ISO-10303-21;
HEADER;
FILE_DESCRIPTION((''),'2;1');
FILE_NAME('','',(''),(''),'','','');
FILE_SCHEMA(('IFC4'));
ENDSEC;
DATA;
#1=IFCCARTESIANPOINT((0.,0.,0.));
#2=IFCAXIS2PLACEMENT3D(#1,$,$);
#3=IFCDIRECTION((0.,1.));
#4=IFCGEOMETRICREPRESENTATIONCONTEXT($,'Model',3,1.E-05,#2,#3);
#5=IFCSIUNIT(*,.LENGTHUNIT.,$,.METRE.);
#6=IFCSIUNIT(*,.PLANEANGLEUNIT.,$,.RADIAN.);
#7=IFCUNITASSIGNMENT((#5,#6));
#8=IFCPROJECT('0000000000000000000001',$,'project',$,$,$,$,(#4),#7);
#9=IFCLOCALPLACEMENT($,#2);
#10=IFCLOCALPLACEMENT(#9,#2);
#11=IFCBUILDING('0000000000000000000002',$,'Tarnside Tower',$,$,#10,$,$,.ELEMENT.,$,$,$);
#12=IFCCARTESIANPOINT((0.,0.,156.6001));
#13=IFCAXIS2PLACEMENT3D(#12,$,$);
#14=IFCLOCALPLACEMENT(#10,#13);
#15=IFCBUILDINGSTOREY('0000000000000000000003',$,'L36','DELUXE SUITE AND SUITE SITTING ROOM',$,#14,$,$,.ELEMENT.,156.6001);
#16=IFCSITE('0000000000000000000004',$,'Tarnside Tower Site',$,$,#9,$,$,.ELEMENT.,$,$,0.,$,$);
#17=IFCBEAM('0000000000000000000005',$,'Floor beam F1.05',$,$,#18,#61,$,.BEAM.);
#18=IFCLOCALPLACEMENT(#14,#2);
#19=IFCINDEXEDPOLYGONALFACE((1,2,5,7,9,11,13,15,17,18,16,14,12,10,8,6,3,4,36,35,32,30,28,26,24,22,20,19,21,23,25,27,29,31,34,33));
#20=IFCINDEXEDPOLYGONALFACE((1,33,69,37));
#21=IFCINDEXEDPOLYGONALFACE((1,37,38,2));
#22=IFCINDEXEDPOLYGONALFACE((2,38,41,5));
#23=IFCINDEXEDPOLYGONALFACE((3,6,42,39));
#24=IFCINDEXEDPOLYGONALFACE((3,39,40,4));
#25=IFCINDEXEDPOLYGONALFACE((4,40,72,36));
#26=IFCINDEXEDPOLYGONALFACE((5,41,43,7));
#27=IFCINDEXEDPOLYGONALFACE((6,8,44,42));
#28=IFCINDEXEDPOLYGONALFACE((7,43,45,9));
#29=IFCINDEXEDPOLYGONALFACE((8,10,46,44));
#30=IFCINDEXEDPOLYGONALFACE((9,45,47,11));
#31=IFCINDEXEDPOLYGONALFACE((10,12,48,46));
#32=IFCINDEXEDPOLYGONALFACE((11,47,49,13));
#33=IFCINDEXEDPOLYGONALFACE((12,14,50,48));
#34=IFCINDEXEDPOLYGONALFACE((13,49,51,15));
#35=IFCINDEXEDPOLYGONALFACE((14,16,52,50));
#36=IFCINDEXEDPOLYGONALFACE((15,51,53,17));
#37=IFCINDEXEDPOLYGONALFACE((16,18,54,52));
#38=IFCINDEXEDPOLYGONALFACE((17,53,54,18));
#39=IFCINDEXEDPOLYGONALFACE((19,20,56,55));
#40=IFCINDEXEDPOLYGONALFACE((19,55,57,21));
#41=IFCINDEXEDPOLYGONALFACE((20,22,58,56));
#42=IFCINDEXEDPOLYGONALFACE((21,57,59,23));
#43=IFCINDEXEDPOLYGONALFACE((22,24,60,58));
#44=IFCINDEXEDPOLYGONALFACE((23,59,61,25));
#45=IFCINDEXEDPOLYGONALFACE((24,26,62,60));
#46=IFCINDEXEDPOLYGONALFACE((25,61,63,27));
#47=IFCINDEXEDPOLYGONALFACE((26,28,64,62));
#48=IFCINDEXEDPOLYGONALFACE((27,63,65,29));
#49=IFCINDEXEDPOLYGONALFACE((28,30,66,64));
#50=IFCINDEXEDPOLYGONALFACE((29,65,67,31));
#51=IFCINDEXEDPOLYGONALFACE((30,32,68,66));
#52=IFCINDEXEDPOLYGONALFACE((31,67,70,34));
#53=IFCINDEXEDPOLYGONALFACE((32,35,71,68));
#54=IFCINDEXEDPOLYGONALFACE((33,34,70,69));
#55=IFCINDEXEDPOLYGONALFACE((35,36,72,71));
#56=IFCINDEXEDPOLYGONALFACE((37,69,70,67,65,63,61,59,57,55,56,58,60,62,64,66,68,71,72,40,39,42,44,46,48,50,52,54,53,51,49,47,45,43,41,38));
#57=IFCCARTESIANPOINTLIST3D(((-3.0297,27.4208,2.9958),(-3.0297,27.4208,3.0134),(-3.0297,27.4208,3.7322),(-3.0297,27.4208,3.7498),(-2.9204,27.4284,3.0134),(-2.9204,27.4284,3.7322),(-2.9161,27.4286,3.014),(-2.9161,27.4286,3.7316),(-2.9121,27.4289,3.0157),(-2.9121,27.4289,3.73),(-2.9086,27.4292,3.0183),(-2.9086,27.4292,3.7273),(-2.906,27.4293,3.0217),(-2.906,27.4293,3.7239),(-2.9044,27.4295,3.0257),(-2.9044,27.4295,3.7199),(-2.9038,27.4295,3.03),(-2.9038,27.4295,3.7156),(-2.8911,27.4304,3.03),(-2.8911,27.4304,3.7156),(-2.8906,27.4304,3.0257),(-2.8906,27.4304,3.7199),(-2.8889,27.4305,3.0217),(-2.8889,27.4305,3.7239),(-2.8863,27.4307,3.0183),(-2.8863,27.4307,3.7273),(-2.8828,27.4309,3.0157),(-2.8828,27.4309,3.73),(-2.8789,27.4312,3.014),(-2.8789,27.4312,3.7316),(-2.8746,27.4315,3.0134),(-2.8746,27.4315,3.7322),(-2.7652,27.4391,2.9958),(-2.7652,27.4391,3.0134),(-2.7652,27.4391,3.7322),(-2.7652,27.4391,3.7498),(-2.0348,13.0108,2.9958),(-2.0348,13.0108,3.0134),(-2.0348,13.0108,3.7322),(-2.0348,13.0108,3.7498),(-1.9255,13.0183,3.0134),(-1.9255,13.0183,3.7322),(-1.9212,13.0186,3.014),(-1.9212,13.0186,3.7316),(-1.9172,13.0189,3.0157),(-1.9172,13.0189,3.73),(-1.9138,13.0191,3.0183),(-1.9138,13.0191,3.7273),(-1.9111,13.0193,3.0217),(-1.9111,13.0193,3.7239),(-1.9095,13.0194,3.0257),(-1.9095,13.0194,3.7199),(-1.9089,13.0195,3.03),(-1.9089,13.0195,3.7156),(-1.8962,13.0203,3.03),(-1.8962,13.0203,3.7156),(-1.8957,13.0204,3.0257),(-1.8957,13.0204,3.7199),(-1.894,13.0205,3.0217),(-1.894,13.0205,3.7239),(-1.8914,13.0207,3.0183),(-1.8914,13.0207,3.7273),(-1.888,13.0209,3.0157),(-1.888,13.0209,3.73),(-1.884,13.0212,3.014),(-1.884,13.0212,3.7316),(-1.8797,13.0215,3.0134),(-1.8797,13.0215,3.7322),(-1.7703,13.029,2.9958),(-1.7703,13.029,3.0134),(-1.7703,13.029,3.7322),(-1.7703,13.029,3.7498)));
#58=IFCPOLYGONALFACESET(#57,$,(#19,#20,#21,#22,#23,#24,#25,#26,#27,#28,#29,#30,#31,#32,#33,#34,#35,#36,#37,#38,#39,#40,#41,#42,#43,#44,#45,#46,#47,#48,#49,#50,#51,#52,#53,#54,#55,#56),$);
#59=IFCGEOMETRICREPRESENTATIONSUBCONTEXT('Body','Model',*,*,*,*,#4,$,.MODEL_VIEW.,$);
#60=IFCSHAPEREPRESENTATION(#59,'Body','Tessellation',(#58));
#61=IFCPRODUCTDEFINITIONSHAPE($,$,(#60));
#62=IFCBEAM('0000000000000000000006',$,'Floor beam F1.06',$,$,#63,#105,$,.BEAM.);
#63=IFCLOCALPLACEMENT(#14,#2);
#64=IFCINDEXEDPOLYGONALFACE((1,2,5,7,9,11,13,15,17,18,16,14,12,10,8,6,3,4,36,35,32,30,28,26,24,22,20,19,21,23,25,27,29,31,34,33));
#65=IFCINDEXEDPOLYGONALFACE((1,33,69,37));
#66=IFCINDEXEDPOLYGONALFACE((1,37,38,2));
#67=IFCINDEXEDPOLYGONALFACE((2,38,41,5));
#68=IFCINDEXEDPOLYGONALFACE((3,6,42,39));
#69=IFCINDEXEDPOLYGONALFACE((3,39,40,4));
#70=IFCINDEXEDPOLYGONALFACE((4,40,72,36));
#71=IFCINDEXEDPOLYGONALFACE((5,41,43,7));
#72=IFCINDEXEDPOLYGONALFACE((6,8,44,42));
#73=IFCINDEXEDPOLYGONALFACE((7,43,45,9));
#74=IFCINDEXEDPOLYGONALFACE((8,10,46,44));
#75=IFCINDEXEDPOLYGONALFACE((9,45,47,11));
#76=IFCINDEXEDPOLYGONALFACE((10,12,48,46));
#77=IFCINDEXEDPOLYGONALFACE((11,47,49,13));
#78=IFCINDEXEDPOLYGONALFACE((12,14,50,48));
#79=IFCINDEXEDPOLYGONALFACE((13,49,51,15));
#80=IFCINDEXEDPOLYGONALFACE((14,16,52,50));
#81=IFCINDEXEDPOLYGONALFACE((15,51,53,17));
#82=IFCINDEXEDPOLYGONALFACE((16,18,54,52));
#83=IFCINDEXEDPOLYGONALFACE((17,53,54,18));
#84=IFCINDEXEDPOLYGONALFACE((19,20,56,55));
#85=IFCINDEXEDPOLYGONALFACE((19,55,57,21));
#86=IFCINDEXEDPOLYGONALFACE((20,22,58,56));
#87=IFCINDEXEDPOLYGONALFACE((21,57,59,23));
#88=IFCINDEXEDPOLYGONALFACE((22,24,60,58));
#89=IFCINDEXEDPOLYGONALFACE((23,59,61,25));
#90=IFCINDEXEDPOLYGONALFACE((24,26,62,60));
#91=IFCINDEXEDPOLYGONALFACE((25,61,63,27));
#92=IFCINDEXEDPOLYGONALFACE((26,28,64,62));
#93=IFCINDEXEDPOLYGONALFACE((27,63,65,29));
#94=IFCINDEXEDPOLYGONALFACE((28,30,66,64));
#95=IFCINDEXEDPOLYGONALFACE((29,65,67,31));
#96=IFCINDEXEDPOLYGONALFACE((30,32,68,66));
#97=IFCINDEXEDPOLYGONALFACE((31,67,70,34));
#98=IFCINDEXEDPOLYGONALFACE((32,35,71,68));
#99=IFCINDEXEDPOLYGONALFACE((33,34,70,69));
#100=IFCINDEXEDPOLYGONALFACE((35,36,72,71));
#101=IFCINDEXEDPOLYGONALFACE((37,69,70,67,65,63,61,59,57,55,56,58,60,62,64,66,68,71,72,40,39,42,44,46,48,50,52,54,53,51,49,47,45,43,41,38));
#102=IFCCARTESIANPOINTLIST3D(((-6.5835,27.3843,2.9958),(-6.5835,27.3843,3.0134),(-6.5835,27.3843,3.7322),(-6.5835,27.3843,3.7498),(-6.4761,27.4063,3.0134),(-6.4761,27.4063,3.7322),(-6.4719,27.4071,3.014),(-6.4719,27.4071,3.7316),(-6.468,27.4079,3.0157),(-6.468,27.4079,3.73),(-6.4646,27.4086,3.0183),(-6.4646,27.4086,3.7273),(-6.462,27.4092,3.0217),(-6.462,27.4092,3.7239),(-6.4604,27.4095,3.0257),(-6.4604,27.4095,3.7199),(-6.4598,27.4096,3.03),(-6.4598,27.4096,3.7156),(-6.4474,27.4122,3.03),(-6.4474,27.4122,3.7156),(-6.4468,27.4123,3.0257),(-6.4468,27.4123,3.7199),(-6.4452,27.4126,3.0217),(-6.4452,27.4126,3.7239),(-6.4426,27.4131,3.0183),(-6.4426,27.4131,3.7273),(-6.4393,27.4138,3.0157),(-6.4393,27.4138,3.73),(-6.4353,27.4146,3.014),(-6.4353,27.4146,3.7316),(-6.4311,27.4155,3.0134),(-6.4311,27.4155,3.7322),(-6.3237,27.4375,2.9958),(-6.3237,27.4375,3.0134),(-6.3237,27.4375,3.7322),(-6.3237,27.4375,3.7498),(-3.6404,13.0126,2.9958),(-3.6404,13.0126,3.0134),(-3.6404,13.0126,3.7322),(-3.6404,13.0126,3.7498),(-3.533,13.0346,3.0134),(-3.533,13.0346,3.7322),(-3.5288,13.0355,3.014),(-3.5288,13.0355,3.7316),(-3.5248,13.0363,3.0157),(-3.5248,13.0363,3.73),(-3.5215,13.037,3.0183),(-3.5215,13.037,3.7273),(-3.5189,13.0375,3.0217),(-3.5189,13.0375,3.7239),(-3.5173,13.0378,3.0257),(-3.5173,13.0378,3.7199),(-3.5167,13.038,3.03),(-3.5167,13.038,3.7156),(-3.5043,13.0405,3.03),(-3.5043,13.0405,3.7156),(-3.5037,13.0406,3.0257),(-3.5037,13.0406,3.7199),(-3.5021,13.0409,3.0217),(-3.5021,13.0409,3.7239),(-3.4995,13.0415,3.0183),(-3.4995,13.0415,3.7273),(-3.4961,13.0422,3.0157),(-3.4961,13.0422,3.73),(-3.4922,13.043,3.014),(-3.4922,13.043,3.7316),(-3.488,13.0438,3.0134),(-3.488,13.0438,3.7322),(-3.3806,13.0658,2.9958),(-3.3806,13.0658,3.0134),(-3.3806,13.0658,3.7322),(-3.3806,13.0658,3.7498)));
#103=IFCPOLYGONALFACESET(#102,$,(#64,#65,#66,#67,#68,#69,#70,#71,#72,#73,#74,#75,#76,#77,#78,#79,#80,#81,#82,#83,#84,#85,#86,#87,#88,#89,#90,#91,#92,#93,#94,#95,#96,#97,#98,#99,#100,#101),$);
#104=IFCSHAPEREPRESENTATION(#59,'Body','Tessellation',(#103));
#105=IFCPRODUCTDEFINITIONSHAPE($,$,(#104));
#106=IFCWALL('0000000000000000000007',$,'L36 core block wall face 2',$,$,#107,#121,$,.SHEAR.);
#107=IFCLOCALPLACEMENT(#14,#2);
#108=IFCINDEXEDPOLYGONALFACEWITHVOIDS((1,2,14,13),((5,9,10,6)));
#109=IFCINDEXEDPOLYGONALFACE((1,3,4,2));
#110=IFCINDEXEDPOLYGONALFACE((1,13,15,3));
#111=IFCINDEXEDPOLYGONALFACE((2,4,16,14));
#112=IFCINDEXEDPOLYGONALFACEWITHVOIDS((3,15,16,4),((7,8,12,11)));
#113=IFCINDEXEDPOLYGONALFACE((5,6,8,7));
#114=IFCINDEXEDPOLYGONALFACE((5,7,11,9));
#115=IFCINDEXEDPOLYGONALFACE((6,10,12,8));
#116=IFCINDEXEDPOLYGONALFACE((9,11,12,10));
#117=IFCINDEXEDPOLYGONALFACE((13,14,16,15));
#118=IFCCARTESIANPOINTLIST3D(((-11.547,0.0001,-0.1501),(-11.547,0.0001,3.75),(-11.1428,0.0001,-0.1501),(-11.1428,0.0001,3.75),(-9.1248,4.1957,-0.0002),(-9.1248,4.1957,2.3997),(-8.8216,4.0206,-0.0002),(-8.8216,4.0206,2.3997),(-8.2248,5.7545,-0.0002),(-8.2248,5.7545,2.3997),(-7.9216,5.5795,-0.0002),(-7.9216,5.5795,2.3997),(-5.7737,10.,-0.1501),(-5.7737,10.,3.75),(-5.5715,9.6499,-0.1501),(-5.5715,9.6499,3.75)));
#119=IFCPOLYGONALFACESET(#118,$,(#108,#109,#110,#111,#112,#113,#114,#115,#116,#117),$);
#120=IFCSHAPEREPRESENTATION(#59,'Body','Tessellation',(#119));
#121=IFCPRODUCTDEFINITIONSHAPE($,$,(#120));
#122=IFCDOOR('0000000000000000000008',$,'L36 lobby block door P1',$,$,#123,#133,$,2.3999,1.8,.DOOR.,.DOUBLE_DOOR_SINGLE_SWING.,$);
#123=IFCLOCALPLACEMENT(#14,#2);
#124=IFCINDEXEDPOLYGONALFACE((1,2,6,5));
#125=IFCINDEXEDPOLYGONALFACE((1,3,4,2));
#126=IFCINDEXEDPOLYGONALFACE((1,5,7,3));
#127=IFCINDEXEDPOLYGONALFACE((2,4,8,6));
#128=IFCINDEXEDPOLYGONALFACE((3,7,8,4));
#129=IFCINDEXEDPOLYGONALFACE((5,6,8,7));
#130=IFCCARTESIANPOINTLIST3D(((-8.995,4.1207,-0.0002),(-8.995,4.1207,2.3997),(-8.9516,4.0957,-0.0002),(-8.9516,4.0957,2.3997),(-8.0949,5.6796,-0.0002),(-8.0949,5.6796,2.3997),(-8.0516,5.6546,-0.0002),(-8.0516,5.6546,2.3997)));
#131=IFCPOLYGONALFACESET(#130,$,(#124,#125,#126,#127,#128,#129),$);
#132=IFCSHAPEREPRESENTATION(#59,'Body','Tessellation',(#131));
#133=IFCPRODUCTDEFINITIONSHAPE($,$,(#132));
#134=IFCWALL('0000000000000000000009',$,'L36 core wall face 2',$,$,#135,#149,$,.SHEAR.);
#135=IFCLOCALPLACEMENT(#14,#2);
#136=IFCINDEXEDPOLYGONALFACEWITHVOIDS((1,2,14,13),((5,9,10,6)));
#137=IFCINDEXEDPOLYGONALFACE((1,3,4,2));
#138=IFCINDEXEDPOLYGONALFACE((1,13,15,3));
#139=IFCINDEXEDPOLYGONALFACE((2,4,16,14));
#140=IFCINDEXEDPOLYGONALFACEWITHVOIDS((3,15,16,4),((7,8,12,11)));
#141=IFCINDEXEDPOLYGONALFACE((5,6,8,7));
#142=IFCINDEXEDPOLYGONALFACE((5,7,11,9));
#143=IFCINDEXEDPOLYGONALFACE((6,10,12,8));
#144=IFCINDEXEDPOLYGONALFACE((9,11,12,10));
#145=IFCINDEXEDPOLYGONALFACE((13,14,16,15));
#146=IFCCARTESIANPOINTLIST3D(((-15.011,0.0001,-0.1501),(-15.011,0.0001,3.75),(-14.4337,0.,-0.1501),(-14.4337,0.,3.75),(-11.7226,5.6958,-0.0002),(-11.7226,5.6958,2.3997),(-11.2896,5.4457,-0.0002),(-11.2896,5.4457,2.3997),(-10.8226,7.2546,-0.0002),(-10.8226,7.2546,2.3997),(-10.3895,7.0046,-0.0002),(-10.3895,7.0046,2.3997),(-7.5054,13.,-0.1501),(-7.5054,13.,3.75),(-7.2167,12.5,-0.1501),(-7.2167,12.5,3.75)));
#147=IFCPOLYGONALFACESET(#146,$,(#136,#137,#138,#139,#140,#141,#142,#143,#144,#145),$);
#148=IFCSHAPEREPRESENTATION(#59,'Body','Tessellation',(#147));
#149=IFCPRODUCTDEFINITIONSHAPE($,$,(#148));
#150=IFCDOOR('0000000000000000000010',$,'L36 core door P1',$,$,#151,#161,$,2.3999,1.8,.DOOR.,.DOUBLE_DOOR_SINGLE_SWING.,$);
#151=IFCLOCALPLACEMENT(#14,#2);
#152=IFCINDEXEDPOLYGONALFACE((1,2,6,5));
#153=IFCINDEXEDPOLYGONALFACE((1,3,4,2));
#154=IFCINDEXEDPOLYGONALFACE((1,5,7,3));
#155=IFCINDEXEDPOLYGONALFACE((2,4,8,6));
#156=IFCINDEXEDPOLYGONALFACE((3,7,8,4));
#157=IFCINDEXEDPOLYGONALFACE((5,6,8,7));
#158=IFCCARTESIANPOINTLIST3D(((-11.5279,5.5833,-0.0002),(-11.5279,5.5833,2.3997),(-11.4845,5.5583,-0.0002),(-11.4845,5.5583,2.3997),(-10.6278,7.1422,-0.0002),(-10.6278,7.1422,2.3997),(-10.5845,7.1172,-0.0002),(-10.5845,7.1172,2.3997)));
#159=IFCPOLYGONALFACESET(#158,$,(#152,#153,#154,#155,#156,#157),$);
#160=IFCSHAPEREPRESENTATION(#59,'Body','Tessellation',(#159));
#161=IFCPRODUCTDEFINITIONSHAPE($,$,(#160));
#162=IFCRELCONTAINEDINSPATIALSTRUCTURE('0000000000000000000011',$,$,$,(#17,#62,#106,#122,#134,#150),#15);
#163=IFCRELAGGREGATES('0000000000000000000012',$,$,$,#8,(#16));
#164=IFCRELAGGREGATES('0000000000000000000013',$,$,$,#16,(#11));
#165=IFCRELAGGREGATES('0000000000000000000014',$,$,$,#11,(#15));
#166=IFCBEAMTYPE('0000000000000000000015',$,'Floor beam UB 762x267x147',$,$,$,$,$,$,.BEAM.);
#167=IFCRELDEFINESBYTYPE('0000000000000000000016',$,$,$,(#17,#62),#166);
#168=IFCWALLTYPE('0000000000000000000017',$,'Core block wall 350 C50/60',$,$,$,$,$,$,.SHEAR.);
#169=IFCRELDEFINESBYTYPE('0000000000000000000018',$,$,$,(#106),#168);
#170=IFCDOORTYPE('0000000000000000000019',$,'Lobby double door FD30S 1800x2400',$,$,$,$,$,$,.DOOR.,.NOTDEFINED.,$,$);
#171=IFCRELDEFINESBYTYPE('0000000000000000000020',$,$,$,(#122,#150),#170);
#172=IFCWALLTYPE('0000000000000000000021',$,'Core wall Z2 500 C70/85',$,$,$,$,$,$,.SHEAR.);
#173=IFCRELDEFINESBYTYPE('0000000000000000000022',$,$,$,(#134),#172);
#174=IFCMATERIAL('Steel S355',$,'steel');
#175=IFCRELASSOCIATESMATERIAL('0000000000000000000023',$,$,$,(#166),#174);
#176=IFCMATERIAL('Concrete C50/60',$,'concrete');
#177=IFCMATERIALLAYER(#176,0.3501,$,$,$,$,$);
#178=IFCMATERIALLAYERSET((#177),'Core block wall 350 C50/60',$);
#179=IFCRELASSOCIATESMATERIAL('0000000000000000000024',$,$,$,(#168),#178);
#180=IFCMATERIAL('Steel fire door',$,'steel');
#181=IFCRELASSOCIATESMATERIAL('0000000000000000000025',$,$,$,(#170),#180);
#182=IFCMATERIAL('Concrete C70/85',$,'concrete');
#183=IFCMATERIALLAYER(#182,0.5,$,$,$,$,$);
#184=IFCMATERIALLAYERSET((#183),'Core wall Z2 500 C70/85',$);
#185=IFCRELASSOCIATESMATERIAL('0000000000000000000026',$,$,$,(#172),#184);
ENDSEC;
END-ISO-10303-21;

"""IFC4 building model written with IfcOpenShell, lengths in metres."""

from ifc_helpers import new_model, si_unit, direction, frame, frame_2d, origin, origin_2d, place, context, subcontext, project, spatial, polyline, rectangle, i_section, outline, extrude, material, layer, layer_set, material_profile, profile_set, type_object, element, fill, save


model = new_model("IFC4")

# Units and contexts
model_context = context("Model", 3, precision=1e-05, world=origin(), true_north=direction((0.0, 1.0)))
body_context = subcontext(model_context, "Body", "Model", "MODEL_VIEW")
ifc_project = project(units=[si_unit("LENGTHUNIT", "METRE"), si_unit("PLANEANGLEUNIT", "RADIAN")], contexts=[model_context])

# Site, building, storey
site_placement = place(None, origin())
site = spatial("IfcSite", under=ifc_project, at=site_placement, Name="Tarnside Tower Site", CompositionType="ELEMENT", RefElevation=0.0)
building_placement = place(site_placement, origin())
building = spatial("IfcBuilding", under=site, at=building_placement, Name="Tarnside Tower", CompositionType="ELEMENT")
storey_placement = place(building_placement, frame((0.0, 0.0, 156.6001)))
storey = spatial("IfcBuildingStorey", under=building, at=storey_placement, Name="L36", Description="DELUXE SUITE AND SUITE SITTING ROOM", CompositionType="ELEMENT", Elevation=156.6001)

# Beams
ifc_material_1 = material(Name="Steel S355", Category="steel")
ifc_material_profile = material_profile(ifc_material_1, i_section(OverallWidth=0.2651, OverallDepth=0.7539, WebThickness=0.0127, FlangeThickness=0.0176, FilletRadius=0.0166, at=origin_2d()), Name="UB 762x267x147")
ifc_profile_set = profile_set([ifc_material_profile], Name="Steel S355")
beam_type = type_object("IfcBeamType", Name="Floor beam UB 762x267x147", PredefinedType="BEAM", material=ifc_profile_set)
beam_1_placement = place(storey_placement, frame((-2.8975, 27.4299, 3.3728), z_axis=(0.068877, -0.997625, 0.0), x_axis=(0.997625, 0.068877, 0.0)))
element("IfcBeam", 1, at=beam_1_placement, inside=storey, type_object=beam_type, Name="Floor beam F1.05", PredefinedType="BEAM", context=body_context, shape_type="SweptSolid", body=[
    extrude(i_section(OverallWidth=0.2651, OverallDepth=0.7539, WebThickness=0.0127, FlangeThickness=0.0176, FilletRadius=0.0166, at=origin_2d()), origin(), (0.0, 0.0, 1.0), 14.4443),
])
beam_2_placement = place(storey_placement, frame((-6.4536, 27.4109, 3.3728), z_axis=(0.200623, -0.979668, 0.0), x_axis=(0.979668, 0.200623, 0.0)))
element("IfcBeam", 2, at=beam_2_placement, inside=storey, type_object=beam_type, Name="Floor beam F1.06", PredefinedType="BEAM", context=body_context, shape_type="SweptSolid", body=[
    extrude(i_section(OverallWidth=0.2651, OverallDepth=0.7539, WebThickness=0.0127, FlangeThickness=0.0176, FilletRadius=0.0166, at=origin_2d()), origin(), (0.0, 0.0, 1.0), 14.6699),
])

# Walls, openings, doors
ifc_material_2 = material(Name="Concrete C50/60", Category="concrete")
ifc_layer_1 = layer(ifc_material_2, 0.3501)
ifc_layer_set_1 = layer_set([ifc_layer_1], Name="Core block wall 350 C50/60")
wall_type_1 = type_object("IfcWallType", Name="Core block wall 350 C50/60", PredefinedType="SHEAR", material=ifc_layer_set_1)
wall_1_placement = place(storey_placement, frame((-5.6726, 9.825, -0.1501), z_axis=(0.0, 0.0, 1.0), x_axis=(-0.499995, -0.866028, 0.0)))
wall_1 = element("IfcWall", 3, at=wall_1_placement, inside=storey, type_object=wall_type_1, Name="L36 core block wall face 2", PredefinedType="SHEAR", context=body_context, shape_type="SweptSolid", body=[
    extrude(outline(polyline([(-0.1011, -0.175), (11.4458, -0.175), (11.2437, 0.175), (0.1011, 0.175), (-0.1011, -0.175)])), origin(), (0.0, 0.0, 1.0), 3.9001),
])
opening_1_placement = place(wall_1_placement, frame((4.8013, 0.0, 0.1499)))
opening_1 = element("IfcOpeningElement", 4, at=opening_1_placement, cuts=wall_1, PredefinedType="OPENING", context=body_context, shape_type="SweptSolid", body=[
    extrude(rectangle(XDim=1.8, YDim=2.3999, at=frame_2d((0.8999, 1.2))), frame((0.0, 0.1851, 0.0), z_axis=(0.0, -1.0, 0.0), x_axis=(1.0, 0.0, 0.0)), (0.0, 0.0, 1.0), 0.3701),
])
ifc_material_3 = material(Name="Steel fire door", Category="steel")
door_type_1 = type_object("IfcDoorType", Name="Lobby double door FD30S 1800x2400", OperationType="NOTDEFINED", PredefinedType="DOOR", material=ifc_material_3)
door_1_placement = place(opening_1_placement, origin())
door_1 = element("IfcDoor", 5, at=door_1_placement, inside=storey, type_object=door_type_1, Name="L36 lobby block door P1", OperationType="DOUBLE_DOOR_SINGLE_SWING", OverallHeight=2.3999, OverallWidth=1.8, PredefinedType="DOOR", context=body_context, shape_type="SweptSolid", body=[
    extrude(rectangle(XDim=1.8, YDim=2.3999, at=frame_2d((0.8999, 1.2))), frame((0.0, 0.0249, 0.0), z_axis=(0.0, -1.0, 0.0), x_axis=(1.0, 0.0, 0.0)), (0.0, 0.0, 1.0), 0.05),
])
fill(opening_1, door_1)
ifc_material_4 = material(Name="Concrete C70/85", Category="concrete")
ifc_layer_2 = layer(ifc_material_4, 0.5)
ifc_layer_set_2 = layer_set([ifc_layer_2], Name="Core wall Z2 500 C70/85")
wall_type_2 = type_object("IfcWallType", Name="Core wall Z2 500 C70/85", PredefinedType="SHEAR", material=ifc_layer_set_2)
wall_2_placement = place(storey_placement, frame((-7.3611, 12.75, -0.1501), z_axis=(0.0, 0.0, 1.0), x_axis=(-0.500006, -0.866022, 0.0)))
wall_2 = element("IfcWall", 6, at=wall_2_placement, inside=storey, type_object=wall_type_2, Name="L36 core wall face 2", PredefinedType="SHEAR", context=body_context, shape_type="SweptSolid", body=[
    extrude(outline(polyline([(-0.1443, -0.25), (14.8667, -0.25), (14.5781, 0.25), (0.1443, 0.25), (-0.1443, -0.25)])), origin(), (0.0, 0.0, 1.0), 3.9001),
])
opening_2_placement = place(wall_2_placement, frame((6.49, 0.0, 0.1499)))
opening_2 = element("IfcOpeningElement", 7, at=opening_2_placement, cuts=wall_2, PredefinedType="OPENING", context=body_context, shape_type="SweptSolid", body=[
    extrude(rectangle(XDim=1.8, YDim=2.3999, at=frame_2d((0.8999, 1.2))), frame((0.0, 0.26, 0.0), z_axis=(0.0, -1.0, 0.0), x_axis=(1.0, 0.0, 0.0)), (0.0, 0.0, 1.0), 0.52),
])
door_2_placement = place(opening_2_placement, origin())
door_2 = element("IfcDoor", 8, at=door_2_placement, inside=storey, type_object=door_type_1, Name="L36 core door P1", OperationType="DOUBLE_DOOR_SINGLE_SWING", OverallHeight=2.3999, OverallWidth=1.8, PredefinedType="DOOR", context=body_context, shape_type="SweptSolid", body=[
    extrude(rectangle(XDim=1.8, YDim=2.3999, at=frame_2d((0.8999, 1.2))), frame((0.0, 0.0249, 0.0), z_axis=(0.0, -1.0, 0.0), x_axis=(1.0, 0.0, 0.0)), (0.0, 0.0, 1.0), 0.05),
])
fill(opening_2, door_2)

save(model, "model.ifc")
